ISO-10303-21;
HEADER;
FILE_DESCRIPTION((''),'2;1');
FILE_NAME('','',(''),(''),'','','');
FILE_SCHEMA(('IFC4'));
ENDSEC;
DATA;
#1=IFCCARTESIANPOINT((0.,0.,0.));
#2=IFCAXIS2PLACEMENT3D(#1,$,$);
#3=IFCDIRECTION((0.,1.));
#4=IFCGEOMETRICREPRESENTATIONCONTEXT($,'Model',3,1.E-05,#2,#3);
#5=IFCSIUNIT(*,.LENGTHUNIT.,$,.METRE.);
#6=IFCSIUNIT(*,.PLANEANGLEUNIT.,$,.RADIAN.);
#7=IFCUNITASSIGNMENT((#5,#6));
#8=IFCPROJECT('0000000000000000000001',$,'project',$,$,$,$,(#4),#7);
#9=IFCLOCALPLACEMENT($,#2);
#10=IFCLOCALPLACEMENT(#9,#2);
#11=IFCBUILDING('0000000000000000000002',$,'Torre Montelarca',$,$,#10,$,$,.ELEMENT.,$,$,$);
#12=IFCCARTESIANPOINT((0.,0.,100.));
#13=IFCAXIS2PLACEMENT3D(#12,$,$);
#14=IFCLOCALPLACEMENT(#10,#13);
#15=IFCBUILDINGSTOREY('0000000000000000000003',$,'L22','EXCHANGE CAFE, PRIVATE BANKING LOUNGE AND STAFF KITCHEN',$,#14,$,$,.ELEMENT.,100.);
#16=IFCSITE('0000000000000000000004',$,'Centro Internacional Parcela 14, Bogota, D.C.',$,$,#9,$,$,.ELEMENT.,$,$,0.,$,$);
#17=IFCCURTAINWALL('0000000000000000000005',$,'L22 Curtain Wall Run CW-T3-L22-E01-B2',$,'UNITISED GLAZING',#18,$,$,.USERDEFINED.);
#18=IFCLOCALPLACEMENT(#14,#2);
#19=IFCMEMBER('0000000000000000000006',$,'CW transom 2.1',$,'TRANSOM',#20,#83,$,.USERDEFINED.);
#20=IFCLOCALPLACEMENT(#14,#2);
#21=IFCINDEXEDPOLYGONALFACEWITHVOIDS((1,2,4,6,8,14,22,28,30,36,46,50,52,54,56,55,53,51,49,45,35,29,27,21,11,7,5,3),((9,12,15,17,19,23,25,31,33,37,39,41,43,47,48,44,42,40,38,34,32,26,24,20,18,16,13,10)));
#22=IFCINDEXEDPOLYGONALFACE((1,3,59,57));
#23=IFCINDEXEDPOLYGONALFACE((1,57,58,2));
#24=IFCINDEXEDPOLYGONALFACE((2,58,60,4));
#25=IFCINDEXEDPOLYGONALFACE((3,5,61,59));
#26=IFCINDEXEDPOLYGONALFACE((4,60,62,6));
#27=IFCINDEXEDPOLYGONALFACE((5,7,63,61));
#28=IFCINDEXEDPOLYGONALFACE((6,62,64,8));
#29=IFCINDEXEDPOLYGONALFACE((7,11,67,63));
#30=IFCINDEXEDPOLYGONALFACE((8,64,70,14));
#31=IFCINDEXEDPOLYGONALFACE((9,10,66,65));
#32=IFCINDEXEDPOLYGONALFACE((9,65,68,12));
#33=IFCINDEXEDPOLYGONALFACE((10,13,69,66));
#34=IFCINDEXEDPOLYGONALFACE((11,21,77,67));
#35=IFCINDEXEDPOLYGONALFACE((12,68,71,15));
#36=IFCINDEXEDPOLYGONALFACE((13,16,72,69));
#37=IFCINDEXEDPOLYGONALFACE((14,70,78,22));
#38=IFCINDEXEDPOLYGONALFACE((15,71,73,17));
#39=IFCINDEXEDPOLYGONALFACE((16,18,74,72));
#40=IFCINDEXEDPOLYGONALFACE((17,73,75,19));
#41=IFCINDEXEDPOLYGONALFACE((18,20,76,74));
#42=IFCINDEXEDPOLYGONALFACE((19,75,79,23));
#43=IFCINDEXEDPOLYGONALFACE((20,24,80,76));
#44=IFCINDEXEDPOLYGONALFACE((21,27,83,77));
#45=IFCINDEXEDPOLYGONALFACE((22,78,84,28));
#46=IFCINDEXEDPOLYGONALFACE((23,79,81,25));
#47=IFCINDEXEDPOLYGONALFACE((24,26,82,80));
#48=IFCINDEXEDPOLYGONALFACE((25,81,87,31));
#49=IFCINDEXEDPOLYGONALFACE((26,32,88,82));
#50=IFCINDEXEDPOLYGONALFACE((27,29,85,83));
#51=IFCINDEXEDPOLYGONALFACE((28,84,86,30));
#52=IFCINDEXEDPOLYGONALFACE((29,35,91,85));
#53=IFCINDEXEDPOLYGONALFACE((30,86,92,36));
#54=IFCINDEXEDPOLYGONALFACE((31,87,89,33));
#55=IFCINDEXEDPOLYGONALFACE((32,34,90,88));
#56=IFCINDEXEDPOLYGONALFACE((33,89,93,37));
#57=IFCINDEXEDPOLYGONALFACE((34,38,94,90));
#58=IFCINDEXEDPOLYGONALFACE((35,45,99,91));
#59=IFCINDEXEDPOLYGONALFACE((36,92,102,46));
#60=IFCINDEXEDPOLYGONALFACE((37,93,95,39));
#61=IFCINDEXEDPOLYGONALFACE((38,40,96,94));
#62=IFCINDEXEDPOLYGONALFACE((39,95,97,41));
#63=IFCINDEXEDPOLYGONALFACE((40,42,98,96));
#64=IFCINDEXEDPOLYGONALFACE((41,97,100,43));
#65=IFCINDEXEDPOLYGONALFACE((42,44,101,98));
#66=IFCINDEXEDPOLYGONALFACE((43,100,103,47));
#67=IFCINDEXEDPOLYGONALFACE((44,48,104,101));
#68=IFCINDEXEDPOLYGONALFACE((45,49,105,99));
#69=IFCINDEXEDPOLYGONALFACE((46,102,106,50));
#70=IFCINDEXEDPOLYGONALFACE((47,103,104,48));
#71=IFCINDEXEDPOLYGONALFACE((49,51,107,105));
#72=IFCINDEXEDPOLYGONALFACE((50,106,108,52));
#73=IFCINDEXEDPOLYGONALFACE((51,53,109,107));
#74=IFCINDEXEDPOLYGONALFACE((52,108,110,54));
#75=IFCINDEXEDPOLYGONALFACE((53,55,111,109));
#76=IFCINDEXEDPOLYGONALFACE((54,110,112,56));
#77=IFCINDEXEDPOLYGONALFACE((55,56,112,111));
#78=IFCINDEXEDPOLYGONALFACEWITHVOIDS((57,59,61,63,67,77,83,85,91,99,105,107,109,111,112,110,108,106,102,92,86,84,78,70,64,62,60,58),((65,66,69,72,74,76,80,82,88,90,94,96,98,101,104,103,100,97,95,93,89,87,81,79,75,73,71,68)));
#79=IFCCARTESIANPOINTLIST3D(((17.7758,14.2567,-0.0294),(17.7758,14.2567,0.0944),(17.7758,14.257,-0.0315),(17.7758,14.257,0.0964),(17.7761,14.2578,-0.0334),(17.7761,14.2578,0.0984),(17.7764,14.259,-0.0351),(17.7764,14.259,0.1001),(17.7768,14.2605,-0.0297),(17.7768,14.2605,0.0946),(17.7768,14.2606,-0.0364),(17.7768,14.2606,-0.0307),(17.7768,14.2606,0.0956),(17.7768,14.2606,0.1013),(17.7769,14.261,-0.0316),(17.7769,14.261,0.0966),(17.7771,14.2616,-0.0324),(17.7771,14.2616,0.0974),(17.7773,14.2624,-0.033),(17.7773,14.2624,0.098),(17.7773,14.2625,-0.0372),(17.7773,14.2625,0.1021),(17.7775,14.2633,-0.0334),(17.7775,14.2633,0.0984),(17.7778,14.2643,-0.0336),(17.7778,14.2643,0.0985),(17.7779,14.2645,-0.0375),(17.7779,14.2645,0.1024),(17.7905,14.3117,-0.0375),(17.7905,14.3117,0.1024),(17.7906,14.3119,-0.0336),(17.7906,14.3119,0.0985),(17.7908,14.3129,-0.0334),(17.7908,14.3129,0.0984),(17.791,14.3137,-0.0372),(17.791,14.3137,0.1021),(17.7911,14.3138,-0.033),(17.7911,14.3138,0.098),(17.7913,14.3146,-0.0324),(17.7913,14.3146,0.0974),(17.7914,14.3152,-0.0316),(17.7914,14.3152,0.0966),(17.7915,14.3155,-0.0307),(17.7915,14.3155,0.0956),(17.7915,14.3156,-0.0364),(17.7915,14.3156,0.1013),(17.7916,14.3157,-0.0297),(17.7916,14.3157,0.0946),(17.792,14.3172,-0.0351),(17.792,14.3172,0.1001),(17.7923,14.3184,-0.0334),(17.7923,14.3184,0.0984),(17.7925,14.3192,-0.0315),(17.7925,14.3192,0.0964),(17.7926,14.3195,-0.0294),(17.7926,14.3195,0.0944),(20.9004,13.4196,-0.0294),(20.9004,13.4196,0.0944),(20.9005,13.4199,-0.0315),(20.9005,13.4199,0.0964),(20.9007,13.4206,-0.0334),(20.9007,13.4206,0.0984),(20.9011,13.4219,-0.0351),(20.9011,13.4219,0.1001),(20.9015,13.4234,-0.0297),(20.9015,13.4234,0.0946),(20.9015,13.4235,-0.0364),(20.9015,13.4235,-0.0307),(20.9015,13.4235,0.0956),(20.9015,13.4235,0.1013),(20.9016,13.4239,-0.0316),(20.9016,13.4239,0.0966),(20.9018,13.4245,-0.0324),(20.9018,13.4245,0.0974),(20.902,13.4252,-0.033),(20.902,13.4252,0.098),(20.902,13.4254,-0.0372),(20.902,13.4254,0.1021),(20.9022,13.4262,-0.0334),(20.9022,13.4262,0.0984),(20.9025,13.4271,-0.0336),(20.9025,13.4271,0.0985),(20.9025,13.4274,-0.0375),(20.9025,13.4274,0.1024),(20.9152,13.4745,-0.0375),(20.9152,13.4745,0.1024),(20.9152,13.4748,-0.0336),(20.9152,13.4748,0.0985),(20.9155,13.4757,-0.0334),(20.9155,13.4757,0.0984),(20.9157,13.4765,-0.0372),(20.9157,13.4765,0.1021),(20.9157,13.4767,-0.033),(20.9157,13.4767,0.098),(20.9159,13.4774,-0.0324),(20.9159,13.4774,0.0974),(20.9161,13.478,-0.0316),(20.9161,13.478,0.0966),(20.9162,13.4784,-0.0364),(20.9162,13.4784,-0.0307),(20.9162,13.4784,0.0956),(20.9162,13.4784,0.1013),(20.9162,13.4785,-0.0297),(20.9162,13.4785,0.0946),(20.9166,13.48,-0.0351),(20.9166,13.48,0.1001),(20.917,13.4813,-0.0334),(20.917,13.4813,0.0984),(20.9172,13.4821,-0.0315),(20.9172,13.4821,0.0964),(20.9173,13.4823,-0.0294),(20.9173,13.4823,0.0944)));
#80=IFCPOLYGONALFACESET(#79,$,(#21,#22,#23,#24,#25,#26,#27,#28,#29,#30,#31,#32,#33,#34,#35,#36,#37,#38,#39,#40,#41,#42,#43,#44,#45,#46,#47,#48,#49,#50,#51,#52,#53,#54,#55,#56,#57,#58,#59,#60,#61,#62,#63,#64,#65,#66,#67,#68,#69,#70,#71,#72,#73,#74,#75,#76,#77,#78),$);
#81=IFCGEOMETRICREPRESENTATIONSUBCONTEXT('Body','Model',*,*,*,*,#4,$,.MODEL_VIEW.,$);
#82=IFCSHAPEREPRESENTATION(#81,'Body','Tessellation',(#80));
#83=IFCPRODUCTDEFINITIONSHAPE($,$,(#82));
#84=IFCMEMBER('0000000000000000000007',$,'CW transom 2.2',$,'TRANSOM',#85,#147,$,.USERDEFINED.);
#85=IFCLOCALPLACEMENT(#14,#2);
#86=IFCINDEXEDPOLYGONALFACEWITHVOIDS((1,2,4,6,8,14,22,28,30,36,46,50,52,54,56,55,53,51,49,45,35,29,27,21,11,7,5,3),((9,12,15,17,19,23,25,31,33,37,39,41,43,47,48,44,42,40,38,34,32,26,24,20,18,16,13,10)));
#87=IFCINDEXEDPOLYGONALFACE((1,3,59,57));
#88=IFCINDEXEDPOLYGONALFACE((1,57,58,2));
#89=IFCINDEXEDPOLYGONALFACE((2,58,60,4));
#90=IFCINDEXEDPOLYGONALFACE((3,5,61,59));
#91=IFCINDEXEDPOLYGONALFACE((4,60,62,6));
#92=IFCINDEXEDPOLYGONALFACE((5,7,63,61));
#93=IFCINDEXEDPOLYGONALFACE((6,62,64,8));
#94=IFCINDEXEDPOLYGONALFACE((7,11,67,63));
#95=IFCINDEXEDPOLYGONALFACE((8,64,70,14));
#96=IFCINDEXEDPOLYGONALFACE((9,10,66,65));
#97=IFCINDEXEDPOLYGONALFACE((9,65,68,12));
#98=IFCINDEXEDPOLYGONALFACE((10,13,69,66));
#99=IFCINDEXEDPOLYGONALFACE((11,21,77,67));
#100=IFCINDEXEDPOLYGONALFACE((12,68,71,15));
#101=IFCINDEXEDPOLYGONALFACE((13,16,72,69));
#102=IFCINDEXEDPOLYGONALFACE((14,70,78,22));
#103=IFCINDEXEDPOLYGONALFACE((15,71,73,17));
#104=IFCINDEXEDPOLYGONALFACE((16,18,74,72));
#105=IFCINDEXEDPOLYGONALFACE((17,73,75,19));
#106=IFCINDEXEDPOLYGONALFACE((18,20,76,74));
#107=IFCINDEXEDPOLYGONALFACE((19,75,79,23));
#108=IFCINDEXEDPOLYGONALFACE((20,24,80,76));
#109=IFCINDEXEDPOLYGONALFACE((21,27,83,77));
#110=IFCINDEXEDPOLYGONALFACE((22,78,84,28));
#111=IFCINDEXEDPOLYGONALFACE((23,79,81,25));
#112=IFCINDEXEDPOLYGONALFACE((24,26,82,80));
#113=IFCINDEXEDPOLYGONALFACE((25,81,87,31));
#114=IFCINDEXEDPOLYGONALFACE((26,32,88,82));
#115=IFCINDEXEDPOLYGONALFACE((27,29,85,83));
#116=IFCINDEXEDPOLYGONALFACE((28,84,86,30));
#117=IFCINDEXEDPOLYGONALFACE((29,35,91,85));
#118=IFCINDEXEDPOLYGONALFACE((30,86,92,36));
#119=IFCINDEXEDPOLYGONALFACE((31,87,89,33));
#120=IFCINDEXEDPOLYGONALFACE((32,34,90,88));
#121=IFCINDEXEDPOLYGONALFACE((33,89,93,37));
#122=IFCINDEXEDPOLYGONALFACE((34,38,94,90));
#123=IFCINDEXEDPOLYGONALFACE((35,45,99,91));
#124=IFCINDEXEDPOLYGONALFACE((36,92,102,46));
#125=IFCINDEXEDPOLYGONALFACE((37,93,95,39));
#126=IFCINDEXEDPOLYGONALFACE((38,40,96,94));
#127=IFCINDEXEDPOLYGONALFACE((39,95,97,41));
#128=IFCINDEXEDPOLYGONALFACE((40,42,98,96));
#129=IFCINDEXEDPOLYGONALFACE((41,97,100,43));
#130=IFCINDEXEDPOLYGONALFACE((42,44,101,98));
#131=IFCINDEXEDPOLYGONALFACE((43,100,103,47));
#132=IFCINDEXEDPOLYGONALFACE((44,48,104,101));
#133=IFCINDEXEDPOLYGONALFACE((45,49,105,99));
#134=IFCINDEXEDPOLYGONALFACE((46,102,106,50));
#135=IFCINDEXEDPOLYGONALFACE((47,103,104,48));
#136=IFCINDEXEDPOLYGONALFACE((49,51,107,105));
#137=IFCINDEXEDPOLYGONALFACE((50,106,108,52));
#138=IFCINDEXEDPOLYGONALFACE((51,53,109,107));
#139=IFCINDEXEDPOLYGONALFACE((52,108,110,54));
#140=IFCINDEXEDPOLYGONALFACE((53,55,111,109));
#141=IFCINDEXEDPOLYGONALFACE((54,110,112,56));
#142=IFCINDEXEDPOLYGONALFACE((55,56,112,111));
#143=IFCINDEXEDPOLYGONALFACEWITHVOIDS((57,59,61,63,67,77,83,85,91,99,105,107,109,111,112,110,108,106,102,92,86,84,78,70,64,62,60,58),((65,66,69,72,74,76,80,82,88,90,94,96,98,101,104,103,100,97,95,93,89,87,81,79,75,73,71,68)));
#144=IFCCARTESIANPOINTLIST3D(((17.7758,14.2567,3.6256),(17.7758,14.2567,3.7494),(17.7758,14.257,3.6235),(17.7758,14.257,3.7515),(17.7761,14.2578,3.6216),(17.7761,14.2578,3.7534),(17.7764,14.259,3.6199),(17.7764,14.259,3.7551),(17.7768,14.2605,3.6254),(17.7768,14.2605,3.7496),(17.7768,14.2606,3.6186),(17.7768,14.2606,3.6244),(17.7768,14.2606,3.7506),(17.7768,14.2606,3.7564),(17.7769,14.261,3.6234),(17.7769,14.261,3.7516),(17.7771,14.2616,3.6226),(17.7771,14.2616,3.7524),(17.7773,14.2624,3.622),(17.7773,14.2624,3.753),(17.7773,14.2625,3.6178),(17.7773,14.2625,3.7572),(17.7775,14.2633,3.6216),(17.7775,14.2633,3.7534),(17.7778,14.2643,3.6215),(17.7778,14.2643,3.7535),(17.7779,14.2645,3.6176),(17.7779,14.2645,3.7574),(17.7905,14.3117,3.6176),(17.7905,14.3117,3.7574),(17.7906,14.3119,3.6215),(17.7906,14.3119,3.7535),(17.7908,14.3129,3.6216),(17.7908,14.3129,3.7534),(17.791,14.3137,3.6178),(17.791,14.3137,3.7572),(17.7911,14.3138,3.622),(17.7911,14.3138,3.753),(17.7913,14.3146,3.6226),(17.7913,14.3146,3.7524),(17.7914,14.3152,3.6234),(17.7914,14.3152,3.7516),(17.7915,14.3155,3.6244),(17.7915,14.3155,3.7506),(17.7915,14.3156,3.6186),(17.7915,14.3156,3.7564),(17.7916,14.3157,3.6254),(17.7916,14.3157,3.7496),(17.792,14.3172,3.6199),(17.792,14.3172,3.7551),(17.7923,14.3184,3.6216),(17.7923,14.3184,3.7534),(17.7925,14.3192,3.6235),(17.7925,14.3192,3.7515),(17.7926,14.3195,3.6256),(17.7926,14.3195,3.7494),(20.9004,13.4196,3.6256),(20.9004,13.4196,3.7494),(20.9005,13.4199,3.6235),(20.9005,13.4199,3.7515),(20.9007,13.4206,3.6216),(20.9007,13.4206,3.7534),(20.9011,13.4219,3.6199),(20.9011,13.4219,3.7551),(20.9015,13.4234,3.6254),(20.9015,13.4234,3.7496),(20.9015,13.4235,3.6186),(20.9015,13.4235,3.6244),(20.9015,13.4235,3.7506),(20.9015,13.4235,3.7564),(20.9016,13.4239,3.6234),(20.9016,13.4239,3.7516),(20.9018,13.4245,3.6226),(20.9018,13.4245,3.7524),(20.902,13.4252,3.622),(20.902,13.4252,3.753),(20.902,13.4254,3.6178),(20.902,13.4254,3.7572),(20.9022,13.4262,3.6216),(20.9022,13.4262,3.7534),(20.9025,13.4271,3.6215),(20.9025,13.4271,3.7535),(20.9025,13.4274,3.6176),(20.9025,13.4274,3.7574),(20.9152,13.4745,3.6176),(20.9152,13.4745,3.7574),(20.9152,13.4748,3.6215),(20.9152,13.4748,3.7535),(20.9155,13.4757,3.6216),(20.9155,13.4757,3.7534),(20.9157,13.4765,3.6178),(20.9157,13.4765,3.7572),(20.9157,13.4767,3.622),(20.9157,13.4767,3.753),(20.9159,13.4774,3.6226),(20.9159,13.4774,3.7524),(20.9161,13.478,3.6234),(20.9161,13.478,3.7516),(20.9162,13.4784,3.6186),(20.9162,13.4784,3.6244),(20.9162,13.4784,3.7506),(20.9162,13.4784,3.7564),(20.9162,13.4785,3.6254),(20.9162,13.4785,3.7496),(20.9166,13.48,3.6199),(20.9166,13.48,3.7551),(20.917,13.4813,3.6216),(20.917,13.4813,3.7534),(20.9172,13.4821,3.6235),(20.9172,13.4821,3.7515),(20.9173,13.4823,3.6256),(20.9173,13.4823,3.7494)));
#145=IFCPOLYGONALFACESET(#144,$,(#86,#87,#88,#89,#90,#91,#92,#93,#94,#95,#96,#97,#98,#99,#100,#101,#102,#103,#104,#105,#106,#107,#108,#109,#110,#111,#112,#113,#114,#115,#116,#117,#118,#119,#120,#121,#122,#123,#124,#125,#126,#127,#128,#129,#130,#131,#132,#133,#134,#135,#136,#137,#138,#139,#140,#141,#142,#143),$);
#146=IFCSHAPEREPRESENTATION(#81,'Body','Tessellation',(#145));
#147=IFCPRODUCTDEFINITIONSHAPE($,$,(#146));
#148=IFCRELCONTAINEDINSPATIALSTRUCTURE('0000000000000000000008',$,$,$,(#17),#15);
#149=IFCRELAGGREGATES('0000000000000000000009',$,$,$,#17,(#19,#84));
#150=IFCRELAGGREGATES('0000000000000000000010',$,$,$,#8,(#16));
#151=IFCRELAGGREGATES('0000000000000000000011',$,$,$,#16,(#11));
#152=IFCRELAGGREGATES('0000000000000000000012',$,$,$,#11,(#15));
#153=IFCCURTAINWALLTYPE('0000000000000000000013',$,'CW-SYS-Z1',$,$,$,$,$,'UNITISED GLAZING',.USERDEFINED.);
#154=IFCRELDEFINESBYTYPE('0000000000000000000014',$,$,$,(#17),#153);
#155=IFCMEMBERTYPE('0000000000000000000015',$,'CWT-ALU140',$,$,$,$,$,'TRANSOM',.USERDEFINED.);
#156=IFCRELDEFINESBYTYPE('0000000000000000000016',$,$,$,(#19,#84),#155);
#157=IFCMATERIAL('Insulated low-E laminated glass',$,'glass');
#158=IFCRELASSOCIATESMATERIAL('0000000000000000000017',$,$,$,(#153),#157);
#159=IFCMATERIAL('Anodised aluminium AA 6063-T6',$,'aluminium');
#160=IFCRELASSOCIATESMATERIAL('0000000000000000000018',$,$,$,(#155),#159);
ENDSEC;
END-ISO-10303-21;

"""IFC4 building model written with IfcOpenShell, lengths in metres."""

from ifc_helpers import new_model, si_unit, direction, frame, origin, origin_2d, place, context, subcontext, project, spatial, hollow_rectangle, extrude, source, transform, mapped, material, material_profile, profile_set, type_object, element, aggregate, save


model = new_model("IFC4")

# Units and contexts
model_context = context("Model", 3, precision=1e-05, world=origin(), true_north=direction((0.0, 1.0)))
body_context = subcontext(model_context, "Body", "Model", "MODEL_VIEW")
ifc_project = project(units=[si_unit("LENGTHUNIT", "METRE"), si_unit("PLANEANGLEUNIT", "RADIAN")], contexts=[model_context])

# Site, building, storey
site_placement = place(None, origin())
site = spatial("IfcSite", under=ifc_project, at=site_placement, Name="Centro Internacional Parcela 14, Bogota, D.C.", CompositionType="ELEMENT", RefElevation=0.0)
building_placement = place(site_placement, origin())
building = spatial("IfcBuilding", under=site, at=building_placement, Name="Torre Montelarca", CompositionType="ELEMENT")
storey_placement = place(building_placement, frame((0.0, 0.0, 100.0)))
storey = spatial("IfcBuildingStorey", under=building, at=storey_placement, Name="L22", Description="EXCHANGE CAFE, PRIVATE BANKING LOUNGE AND STAFF KITCHEN", CompositionType="ELEMENT", Elevation=100.0)

# Curtain wall, members
ifc_material_1 = material(Name="Insulated low-E laminated glass", Category="glass")
curtain_wall_type = type_object("IfcCurtainWallType", Name="CW-SYS-Z1", ElementType="UNITISED GLAZING", PredefinedType="USERDEFINED", material=ifc_material_1)
ifc_material_2 = material(Name="Anodised aluminium AA 6063-T6", Category="aluminium")
ifc_material_profile_1 = material_profile(ifc_material_2, hollow_rectangle(XDim=0.0649, YDim=0.1399, WallThickness=0.0039, InnerFilletRadius=0.0039, OuterFilletRadius=0.0081, at=origin_2d()), Name="ALU65X140X4", Category="aluminium")
ifc_profile_set_1 = profile_set([ifc_material_profile_1], Name="Anodised aluminium AA 6063-T6")
member_type_1 = type_object("IfcMemberType", Name="CWT-ALU140", ElementType="TRANSOM", PredefinedType="USERDEFINED", material=ifc_profile_set_1)
curtain_wall_1_placement = place(storey_placement, origin())
curtain_wall_1 = element("IfcCurtainWall", 1, at=curtain_wall_1_placement, inside=storey, type_object=curtain_wall_type, Name="L22 Curtain Wall Run CW-T3-L22-E01-B2", ObjectType="UNITISED GLAZING", PredefinedType="USERDEFINED")
shared_shape_1 = source(origin(), body_context, "Body", "SweptSolid", [
    extrude(hollow_rectangle(XDim=0.0649, YDim=0.1399, WallThickness=0.0039, InnerFilletRadius=0.0039, OuterFilletRadius=0.0081, at=origin_2d()), origin(), (0.0, 0.0, 1.0), 3.2349),
])
member_1_placement = place(storey_placement, frame((17.7842, 14.2881, 0.0325), z_axis=(0.965935, -0.258785, 0.0), x_axis=(0.258785, 0.965935, 0.0)))
member_1 = element("IfcMember", 2, at=member_1_placement, type_object=member_type_1, Name="CW transom 2.1", ObjectType="TRANSOM", PredefinedType="USERDEFINED", context=body_context, shape_type="MappedRepresentation", body=[
    mapped(shared_shape_1, transform((0.0, 0.0, 0.0), scale=1.0)),
])
member_2_placement = place(storey_placement, frame((17.7842, 14.2881, 3.6875), z_axis=(0.965935, -0.258785, 0.0), x_axis=(0.258785, 0.965935, 0.0)))
member_2 = element("IfcMember", 3, at=member_2_placement, type_object=member_type_1, Name="CW transom 2.2", ObjectType="TRANSOM", PredefinedType="USERDEFINED", context=body_context, shape_type="MappedRepresentation", body=[
    mapped(shared_shape_1, transform((0.0, 0.0, 0.0), scale=1.0)),
])

aggregate(curtain_wall_1, [member_1, member_2])

save(model, "model.ifc")
